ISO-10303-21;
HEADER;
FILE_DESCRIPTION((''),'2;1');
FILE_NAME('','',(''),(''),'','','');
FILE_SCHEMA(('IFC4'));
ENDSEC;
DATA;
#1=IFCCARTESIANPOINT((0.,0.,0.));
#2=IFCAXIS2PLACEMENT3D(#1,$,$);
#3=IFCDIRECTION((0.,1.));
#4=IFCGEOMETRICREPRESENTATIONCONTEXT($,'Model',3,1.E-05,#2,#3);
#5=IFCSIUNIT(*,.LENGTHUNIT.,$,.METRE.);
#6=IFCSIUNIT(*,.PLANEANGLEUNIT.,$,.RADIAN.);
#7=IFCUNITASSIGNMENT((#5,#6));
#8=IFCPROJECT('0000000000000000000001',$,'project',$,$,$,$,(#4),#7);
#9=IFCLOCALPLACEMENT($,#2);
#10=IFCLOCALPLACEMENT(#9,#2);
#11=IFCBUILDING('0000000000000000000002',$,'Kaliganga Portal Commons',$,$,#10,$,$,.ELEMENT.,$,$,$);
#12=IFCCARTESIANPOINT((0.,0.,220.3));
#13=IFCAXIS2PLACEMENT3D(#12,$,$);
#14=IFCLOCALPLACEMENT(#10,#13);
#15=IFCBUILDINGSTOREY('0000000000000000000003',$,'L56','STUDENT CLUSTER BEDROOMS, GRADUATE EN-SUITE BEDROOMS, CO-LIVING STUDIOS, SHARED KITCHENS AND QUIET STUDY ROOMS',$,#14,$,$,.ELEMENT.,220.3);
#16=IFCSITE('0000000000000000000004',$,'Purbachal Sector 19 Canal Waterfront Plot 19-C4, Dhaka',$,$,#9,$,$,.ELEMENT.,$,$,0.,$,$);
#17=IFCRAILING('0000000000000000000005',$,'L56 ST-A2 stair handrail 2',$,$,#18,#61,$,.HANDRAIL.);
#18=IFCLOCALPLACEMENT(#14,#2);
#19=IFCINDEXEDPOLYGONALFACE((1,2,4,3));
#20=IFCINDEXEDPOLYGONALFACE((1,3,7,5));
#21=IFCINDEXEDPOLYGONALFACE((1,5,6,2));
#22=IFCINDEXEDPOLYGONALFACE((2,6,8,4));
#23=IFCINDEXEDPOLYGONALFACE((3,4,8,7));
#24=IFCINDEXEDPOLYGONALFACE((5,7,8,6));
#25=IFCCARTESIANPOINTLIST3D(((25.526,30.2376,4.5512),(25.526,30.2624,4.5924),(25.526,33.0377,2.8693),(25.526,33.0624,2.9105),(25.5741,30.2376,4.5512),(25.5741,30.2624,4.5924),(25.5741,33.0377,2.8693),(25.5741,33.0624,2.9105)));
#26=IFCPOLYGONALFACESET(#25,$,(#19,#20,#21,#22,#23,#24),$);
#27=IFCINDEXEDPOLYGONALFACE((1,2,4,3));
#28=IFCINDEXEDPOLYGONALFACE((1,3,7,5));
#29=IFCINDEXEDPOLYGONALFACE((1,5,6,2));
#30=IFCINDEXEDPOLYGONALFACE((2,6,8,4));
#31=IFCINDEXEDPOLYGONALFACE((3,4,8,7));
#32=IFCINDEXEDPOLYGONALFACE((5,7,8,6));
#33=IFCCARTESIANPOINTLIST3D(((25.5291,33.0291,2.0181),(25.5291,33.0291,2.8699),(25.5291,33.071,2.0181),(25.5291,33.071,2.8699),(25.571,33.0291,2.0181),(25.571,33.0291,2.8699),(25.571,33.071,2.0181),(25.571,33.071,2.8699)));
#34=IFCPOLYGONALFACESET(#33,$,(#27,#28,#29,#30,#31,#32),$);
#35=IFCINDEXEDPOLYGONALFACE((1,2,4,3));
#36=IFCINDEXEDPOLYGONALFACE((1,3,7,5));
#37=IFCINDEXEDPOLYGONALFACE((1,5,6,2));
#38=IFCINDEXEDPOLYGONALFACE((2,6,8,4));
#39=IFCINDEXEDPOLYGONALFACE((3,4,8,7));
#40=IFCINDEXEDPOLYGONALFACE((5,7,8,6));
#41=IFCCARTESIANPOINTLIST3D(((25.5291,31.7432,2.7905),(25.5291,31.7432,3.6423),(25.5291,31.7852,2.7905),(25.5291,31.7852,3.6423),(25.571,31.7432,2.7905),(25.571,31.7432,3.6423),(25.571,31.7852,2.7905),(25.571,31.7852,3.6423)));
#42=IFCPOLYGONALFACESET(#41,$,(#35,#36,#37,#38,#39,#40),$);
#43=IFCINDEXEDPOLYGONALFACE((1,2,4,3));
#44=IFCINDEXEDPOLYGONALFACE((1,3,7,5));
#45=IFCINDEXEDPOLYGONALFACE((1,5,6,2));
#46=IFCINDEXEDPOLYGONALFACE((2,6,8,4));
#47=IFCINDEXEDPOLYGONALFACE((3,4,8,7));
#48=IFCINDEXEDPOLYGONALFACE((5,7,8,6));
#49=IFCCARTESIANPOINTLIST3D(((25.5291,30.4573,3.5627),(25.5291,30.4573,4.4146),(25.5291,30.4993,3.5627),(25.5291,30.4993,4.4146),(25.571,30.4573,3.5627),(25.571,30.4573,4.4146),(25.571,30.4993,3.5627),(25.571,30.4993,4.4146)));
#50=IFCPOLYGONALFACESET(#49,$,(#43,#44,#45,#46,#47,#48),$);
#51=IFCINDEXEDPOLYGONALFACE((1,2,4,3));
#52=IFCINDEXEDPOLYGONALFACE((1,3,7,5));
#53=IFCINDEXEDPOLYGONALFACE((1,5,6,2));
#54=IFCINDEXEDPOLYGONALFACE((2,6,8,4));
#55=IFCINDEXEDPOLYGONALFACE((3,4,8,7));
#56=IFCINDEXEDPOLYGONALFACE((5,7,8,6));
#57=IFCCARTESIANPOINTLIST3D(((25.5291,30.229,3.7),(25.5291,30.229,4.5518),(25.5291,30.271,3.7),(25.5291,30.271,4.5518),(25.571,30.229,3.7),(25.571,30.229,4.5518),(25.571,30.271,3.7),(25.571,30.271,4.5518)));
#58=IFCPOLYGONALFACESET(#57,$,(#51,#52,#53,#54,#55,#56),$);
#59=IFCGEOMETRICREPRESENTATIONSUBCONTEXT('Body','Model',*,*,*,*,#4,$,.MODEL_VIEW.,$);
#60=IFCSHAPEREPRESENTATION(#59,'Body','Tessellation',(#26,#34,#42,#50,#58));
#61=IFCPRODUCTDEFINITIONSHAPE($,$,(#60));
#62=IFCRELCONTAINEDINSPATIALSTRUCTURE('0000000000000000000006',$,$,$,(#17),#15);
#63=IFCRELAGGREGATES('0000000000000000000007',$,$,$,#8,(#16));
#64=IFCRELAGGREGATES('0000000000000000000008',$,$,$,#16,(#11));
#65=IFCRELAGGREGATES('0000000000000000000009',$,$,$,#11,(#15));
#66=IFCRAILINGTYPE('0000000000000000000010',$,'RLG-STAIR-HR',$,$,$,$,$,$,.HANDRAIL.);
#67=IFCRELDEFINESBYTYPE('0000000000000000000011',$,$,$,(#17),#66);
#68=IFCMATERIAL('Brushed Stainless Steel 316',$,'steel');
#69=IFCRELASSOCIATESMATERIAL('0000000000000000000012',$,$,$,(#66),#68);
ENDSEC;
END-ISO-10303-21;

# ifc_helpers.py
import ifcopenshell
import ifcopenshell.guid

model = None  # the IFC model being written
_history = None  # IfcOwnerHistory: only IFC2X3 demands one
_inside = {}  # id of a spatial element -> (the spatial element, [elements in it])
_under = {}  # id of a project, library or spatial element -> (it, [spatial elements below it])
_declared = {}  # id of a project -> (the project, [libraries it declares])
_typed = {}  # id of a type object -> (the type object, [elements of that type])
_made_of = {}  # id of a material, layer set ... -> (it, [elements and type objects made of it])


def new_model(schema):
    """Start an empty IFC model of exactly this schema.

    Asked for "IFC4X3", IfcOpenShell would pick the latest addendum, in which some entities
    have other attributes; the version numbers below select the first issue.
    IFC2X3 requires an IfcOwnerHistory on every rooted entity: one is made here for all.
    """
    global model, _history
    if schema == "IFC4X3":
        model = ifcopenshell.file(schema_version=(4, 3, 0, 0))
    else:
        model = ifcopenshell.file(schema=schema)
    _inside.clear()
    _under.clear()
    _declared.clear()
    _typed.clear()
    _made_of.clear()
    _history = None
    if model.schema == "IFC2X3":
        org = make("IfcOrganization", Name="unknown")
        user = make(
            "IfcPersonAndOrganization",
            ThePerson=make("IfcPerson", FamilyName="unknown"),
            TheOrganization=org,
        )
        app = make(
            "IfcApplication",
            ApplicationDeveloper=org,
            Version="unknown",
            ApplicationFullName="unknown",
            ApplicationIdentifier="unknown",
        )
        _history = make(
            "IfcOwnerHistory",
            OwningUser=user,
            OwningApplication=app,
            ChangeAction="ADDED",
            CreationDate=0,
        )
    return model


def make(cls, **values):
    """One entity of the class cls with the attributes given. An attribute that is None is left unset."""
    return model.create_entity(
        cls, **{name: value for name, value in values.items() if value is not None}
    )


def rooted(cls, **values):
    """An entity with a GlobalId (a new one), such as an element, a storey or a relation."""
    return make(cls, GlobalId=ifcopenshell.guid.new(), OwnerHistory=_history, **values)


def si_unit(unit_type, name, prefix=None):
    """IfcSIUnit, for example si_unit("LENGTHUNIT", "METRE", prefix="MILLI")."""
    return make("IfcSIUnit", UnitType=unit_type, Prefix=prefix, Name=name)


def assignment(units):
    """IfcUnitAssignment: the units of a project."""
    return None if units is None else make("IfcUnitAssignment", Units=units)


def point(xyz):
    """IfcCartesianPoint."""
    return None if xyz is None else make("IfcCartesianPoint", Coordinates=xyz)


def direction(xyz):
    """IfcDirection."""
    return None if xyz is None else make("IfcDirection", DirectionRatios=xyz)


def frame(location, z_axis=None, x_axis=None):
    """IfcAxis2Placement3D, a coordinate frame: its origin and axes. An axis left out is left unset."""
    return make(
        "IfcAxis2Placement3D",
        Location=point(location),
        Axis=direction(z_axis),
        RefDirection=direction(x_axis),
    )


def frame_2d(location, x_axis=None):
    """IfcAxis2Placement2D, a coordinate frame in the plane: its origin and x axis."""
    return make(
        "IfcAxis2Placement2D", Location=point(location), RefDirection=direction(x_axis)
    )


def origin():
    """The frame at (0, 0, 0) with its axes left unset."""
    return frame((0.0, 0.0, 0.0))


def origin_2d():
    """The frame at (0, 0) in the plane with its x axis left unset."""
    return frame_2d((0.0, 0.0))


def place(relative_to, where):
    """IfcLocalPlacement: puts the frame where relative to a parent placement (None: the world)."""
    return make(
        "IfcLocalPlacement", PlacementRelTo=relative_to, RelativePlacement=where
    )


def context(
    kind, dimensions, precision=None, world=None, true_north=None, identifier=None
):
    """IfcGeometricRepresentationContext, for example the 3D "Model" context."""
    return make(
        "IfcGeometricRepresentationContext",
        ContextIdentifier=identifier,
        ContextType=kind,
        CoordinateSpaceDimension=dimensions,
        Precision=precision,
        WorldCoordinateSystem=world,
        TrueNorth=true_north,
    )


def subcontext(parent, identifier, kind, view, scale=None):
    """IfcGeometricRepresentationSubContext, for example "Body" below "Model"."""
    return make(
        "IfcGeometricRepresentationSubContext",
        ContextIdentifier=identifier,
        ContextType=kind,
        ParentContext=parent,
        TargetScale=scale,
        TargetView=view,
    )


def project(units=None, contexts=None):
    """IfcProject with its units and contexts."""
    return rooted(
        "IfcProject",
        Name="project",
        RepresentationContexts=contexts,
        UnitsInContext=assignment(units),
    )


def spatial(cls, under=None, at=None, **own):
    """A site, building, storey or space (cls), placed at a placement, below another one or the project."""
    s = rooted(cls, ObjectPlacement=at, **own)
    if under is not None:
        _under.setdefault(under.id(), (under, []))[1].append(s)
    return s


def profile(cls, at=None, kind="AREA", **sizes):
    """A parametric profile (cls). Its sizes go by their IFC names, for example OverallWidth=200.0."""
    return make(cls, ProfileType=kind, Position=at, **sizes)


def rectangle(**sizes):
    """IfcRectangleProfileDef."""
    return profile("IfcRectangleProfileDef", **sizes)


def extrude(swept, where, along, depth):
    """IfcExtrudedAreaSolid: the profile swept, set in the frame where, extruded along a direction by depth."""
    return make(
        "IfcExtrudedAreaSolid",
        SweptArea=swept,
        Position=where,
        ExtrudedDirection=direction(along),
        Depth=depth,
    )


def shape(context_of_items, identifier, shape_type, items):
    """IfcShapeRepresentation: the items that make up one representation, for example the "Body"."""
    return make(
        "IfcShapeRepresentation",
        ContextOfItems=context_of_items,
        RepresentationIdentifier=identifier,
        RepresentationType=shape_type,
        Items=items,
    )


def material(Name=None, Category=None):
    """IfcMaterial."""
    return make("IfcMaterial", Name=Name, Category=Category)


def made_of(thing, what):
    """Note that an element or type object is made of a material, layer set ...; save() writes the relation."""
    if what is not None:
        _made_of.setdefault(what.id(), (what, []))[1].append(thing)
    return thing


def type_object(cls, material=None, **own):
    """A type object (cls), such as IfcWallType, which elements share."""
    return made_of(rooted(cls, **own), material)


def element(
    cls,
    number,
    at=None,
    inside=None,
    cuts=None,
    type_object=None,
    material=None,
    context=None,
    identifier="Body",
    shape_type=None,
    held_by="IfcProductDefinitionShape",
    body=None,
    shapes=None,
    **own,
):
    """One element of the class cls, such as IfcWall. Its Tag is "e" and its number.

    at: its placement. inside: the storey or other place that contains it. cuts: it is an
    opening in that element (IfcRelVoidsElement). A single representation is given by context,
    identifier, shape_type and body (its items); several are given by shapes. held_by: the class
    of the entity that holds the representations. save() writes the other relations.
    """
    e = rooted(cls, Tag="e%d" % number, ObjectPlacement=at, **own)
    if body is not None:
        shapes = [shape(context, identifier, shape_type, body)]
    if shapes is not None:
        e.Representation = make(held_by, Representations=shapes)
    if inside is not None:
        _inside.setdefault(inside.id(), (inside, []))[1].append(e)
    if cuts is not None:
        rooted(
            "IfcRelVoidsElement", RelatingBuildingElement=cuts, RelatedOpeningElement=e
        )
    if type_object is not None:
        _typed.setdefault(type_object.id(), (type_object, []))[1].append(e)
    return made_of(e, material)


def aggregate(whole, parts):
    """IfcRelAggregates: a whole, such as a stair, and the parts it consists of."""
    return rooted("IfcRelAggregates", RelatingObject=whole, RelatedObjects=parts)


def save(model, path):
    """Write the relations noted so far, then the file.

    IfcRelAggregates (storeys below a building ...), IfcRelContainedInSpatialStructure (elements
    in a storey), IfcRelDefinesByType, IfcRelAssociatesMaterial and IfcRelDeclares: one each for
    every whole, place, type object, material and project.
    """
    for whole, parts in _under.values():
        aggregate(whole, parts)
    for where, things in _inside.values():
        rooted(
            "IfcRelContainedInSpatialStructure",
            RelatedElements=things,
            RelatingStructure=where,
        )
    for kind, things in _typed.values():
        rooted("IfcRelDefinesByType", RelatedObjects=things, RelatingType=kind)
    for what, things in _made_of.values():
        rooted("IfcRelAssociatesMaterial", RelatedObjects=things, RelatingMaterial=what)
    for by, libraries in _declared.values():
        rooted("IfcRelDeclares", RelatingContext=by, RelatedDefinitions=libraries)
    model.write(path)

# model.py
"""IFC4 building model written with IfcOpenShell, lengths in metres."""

from ifc_helpers import new_model, si_unit, direction, frame, origin, origin_2d, place, context, subcontext, project, spatial, rectangle, extrude, material, type_object, element, save


model = new_model("IFC4")

# Units and contexts
model_context = context("Model", 3, precision=1e-05, world=origin(), true_north=direction((0.0, 1.0)))
body_context = subcontext(model_context, "Body", "Model", "MODEL_VIEW")
ifc_project = project(units=[si_unit("LENGTHUNIT", "METRE"), si_unit("PLANEANGLEUNIT", "RADIAN")], contexts=[model_context])

# Site, building, storey
site_placement = place(None, origin())
site = spatial("IfcSite", under=ifc_project, at=site_placement, Name="Purbachal Sector 19 Canal Waterfront Plot 19-C4, Dhaka", CompositionType="ELEMENT", RefElevation=0.0)
building_placement = place(site_placement, origin())
building = spatial("IfcBuilding", under=site, at=building_placement, Name="Kaliganga Portal Commons", CompositionType="ELEMENT")
storey_placement = place(building_placement, frame((0.0, 0.0, 220.3)))
storey = spatial("IfcBuildingStorey", under=building, at=storey_placement, Name="L56", Description="STUDENT CLUSTER BEDROOMS, GRADUATE EN-SUITE BEDROOMS, CO-LIVING STUDIOS, SHARED KITCHENS AND QUIET STUDY ROOMS", CompositionType="ELEMENT", Elevation=220.3)

# Railing
ifc_material_1 = material(Name="Brushed Stainless Steel 316", Category="steel")
railing_type_1 = type_object("IfcRailingType", Name="RLG-STAIR-HR", PredefinedType="HANDRAIL", material=ifc_material_1)
railing_1_placement = place(storey_placement, frame((25.55, 33.05, 2.0181)))
element("IfcRailing", 1, at=railing_1_placement, inside=storey, type_object=railing_type_1, Name="L56 ST-A2 stair handrail 2", PredefinedType="HANDRAIL", context=body_context, shape_type="SweptSolid", body=[
    extrude(rectangle(XDim=0.0481, YDim=0.0481, at=origin_2d()), frame((0.0, 0.0, 0.8718), z_axis=(0.0, -0.857242, 0.514913), x_axis=(1.0, 0.0, 0.0)), (0.0, 0.0, 1.0), 3.2664),
    extrude(rectangle(XDim=0.042, YDim=0.042, at=origin_2d()), origin(), (0.0, 0.0, 1.0), 0.8518),
    extrude(rectangle(XDim=0.042, YDim=0.042, at=origin_2d()), frame((0.0, -1.2859, 0.7725)), (0.0, 0.0, 1.0), 0.8518),
    extrude(rectangle(XDim=0.042, YDim=0.042, at=origin_2d()), frame((0.0, -2.5718, 1.5447)), (0.0, 0.0, 1.0), 0.8518),
    extrude(rectangle(XDim=0.042, YDim=0.042, at=origin_2d()), frame((0.0, -2.8, 1.6819)), (0.0, 0.0, 1.0), 0.8518),
])

save(model, "model.ifc")
